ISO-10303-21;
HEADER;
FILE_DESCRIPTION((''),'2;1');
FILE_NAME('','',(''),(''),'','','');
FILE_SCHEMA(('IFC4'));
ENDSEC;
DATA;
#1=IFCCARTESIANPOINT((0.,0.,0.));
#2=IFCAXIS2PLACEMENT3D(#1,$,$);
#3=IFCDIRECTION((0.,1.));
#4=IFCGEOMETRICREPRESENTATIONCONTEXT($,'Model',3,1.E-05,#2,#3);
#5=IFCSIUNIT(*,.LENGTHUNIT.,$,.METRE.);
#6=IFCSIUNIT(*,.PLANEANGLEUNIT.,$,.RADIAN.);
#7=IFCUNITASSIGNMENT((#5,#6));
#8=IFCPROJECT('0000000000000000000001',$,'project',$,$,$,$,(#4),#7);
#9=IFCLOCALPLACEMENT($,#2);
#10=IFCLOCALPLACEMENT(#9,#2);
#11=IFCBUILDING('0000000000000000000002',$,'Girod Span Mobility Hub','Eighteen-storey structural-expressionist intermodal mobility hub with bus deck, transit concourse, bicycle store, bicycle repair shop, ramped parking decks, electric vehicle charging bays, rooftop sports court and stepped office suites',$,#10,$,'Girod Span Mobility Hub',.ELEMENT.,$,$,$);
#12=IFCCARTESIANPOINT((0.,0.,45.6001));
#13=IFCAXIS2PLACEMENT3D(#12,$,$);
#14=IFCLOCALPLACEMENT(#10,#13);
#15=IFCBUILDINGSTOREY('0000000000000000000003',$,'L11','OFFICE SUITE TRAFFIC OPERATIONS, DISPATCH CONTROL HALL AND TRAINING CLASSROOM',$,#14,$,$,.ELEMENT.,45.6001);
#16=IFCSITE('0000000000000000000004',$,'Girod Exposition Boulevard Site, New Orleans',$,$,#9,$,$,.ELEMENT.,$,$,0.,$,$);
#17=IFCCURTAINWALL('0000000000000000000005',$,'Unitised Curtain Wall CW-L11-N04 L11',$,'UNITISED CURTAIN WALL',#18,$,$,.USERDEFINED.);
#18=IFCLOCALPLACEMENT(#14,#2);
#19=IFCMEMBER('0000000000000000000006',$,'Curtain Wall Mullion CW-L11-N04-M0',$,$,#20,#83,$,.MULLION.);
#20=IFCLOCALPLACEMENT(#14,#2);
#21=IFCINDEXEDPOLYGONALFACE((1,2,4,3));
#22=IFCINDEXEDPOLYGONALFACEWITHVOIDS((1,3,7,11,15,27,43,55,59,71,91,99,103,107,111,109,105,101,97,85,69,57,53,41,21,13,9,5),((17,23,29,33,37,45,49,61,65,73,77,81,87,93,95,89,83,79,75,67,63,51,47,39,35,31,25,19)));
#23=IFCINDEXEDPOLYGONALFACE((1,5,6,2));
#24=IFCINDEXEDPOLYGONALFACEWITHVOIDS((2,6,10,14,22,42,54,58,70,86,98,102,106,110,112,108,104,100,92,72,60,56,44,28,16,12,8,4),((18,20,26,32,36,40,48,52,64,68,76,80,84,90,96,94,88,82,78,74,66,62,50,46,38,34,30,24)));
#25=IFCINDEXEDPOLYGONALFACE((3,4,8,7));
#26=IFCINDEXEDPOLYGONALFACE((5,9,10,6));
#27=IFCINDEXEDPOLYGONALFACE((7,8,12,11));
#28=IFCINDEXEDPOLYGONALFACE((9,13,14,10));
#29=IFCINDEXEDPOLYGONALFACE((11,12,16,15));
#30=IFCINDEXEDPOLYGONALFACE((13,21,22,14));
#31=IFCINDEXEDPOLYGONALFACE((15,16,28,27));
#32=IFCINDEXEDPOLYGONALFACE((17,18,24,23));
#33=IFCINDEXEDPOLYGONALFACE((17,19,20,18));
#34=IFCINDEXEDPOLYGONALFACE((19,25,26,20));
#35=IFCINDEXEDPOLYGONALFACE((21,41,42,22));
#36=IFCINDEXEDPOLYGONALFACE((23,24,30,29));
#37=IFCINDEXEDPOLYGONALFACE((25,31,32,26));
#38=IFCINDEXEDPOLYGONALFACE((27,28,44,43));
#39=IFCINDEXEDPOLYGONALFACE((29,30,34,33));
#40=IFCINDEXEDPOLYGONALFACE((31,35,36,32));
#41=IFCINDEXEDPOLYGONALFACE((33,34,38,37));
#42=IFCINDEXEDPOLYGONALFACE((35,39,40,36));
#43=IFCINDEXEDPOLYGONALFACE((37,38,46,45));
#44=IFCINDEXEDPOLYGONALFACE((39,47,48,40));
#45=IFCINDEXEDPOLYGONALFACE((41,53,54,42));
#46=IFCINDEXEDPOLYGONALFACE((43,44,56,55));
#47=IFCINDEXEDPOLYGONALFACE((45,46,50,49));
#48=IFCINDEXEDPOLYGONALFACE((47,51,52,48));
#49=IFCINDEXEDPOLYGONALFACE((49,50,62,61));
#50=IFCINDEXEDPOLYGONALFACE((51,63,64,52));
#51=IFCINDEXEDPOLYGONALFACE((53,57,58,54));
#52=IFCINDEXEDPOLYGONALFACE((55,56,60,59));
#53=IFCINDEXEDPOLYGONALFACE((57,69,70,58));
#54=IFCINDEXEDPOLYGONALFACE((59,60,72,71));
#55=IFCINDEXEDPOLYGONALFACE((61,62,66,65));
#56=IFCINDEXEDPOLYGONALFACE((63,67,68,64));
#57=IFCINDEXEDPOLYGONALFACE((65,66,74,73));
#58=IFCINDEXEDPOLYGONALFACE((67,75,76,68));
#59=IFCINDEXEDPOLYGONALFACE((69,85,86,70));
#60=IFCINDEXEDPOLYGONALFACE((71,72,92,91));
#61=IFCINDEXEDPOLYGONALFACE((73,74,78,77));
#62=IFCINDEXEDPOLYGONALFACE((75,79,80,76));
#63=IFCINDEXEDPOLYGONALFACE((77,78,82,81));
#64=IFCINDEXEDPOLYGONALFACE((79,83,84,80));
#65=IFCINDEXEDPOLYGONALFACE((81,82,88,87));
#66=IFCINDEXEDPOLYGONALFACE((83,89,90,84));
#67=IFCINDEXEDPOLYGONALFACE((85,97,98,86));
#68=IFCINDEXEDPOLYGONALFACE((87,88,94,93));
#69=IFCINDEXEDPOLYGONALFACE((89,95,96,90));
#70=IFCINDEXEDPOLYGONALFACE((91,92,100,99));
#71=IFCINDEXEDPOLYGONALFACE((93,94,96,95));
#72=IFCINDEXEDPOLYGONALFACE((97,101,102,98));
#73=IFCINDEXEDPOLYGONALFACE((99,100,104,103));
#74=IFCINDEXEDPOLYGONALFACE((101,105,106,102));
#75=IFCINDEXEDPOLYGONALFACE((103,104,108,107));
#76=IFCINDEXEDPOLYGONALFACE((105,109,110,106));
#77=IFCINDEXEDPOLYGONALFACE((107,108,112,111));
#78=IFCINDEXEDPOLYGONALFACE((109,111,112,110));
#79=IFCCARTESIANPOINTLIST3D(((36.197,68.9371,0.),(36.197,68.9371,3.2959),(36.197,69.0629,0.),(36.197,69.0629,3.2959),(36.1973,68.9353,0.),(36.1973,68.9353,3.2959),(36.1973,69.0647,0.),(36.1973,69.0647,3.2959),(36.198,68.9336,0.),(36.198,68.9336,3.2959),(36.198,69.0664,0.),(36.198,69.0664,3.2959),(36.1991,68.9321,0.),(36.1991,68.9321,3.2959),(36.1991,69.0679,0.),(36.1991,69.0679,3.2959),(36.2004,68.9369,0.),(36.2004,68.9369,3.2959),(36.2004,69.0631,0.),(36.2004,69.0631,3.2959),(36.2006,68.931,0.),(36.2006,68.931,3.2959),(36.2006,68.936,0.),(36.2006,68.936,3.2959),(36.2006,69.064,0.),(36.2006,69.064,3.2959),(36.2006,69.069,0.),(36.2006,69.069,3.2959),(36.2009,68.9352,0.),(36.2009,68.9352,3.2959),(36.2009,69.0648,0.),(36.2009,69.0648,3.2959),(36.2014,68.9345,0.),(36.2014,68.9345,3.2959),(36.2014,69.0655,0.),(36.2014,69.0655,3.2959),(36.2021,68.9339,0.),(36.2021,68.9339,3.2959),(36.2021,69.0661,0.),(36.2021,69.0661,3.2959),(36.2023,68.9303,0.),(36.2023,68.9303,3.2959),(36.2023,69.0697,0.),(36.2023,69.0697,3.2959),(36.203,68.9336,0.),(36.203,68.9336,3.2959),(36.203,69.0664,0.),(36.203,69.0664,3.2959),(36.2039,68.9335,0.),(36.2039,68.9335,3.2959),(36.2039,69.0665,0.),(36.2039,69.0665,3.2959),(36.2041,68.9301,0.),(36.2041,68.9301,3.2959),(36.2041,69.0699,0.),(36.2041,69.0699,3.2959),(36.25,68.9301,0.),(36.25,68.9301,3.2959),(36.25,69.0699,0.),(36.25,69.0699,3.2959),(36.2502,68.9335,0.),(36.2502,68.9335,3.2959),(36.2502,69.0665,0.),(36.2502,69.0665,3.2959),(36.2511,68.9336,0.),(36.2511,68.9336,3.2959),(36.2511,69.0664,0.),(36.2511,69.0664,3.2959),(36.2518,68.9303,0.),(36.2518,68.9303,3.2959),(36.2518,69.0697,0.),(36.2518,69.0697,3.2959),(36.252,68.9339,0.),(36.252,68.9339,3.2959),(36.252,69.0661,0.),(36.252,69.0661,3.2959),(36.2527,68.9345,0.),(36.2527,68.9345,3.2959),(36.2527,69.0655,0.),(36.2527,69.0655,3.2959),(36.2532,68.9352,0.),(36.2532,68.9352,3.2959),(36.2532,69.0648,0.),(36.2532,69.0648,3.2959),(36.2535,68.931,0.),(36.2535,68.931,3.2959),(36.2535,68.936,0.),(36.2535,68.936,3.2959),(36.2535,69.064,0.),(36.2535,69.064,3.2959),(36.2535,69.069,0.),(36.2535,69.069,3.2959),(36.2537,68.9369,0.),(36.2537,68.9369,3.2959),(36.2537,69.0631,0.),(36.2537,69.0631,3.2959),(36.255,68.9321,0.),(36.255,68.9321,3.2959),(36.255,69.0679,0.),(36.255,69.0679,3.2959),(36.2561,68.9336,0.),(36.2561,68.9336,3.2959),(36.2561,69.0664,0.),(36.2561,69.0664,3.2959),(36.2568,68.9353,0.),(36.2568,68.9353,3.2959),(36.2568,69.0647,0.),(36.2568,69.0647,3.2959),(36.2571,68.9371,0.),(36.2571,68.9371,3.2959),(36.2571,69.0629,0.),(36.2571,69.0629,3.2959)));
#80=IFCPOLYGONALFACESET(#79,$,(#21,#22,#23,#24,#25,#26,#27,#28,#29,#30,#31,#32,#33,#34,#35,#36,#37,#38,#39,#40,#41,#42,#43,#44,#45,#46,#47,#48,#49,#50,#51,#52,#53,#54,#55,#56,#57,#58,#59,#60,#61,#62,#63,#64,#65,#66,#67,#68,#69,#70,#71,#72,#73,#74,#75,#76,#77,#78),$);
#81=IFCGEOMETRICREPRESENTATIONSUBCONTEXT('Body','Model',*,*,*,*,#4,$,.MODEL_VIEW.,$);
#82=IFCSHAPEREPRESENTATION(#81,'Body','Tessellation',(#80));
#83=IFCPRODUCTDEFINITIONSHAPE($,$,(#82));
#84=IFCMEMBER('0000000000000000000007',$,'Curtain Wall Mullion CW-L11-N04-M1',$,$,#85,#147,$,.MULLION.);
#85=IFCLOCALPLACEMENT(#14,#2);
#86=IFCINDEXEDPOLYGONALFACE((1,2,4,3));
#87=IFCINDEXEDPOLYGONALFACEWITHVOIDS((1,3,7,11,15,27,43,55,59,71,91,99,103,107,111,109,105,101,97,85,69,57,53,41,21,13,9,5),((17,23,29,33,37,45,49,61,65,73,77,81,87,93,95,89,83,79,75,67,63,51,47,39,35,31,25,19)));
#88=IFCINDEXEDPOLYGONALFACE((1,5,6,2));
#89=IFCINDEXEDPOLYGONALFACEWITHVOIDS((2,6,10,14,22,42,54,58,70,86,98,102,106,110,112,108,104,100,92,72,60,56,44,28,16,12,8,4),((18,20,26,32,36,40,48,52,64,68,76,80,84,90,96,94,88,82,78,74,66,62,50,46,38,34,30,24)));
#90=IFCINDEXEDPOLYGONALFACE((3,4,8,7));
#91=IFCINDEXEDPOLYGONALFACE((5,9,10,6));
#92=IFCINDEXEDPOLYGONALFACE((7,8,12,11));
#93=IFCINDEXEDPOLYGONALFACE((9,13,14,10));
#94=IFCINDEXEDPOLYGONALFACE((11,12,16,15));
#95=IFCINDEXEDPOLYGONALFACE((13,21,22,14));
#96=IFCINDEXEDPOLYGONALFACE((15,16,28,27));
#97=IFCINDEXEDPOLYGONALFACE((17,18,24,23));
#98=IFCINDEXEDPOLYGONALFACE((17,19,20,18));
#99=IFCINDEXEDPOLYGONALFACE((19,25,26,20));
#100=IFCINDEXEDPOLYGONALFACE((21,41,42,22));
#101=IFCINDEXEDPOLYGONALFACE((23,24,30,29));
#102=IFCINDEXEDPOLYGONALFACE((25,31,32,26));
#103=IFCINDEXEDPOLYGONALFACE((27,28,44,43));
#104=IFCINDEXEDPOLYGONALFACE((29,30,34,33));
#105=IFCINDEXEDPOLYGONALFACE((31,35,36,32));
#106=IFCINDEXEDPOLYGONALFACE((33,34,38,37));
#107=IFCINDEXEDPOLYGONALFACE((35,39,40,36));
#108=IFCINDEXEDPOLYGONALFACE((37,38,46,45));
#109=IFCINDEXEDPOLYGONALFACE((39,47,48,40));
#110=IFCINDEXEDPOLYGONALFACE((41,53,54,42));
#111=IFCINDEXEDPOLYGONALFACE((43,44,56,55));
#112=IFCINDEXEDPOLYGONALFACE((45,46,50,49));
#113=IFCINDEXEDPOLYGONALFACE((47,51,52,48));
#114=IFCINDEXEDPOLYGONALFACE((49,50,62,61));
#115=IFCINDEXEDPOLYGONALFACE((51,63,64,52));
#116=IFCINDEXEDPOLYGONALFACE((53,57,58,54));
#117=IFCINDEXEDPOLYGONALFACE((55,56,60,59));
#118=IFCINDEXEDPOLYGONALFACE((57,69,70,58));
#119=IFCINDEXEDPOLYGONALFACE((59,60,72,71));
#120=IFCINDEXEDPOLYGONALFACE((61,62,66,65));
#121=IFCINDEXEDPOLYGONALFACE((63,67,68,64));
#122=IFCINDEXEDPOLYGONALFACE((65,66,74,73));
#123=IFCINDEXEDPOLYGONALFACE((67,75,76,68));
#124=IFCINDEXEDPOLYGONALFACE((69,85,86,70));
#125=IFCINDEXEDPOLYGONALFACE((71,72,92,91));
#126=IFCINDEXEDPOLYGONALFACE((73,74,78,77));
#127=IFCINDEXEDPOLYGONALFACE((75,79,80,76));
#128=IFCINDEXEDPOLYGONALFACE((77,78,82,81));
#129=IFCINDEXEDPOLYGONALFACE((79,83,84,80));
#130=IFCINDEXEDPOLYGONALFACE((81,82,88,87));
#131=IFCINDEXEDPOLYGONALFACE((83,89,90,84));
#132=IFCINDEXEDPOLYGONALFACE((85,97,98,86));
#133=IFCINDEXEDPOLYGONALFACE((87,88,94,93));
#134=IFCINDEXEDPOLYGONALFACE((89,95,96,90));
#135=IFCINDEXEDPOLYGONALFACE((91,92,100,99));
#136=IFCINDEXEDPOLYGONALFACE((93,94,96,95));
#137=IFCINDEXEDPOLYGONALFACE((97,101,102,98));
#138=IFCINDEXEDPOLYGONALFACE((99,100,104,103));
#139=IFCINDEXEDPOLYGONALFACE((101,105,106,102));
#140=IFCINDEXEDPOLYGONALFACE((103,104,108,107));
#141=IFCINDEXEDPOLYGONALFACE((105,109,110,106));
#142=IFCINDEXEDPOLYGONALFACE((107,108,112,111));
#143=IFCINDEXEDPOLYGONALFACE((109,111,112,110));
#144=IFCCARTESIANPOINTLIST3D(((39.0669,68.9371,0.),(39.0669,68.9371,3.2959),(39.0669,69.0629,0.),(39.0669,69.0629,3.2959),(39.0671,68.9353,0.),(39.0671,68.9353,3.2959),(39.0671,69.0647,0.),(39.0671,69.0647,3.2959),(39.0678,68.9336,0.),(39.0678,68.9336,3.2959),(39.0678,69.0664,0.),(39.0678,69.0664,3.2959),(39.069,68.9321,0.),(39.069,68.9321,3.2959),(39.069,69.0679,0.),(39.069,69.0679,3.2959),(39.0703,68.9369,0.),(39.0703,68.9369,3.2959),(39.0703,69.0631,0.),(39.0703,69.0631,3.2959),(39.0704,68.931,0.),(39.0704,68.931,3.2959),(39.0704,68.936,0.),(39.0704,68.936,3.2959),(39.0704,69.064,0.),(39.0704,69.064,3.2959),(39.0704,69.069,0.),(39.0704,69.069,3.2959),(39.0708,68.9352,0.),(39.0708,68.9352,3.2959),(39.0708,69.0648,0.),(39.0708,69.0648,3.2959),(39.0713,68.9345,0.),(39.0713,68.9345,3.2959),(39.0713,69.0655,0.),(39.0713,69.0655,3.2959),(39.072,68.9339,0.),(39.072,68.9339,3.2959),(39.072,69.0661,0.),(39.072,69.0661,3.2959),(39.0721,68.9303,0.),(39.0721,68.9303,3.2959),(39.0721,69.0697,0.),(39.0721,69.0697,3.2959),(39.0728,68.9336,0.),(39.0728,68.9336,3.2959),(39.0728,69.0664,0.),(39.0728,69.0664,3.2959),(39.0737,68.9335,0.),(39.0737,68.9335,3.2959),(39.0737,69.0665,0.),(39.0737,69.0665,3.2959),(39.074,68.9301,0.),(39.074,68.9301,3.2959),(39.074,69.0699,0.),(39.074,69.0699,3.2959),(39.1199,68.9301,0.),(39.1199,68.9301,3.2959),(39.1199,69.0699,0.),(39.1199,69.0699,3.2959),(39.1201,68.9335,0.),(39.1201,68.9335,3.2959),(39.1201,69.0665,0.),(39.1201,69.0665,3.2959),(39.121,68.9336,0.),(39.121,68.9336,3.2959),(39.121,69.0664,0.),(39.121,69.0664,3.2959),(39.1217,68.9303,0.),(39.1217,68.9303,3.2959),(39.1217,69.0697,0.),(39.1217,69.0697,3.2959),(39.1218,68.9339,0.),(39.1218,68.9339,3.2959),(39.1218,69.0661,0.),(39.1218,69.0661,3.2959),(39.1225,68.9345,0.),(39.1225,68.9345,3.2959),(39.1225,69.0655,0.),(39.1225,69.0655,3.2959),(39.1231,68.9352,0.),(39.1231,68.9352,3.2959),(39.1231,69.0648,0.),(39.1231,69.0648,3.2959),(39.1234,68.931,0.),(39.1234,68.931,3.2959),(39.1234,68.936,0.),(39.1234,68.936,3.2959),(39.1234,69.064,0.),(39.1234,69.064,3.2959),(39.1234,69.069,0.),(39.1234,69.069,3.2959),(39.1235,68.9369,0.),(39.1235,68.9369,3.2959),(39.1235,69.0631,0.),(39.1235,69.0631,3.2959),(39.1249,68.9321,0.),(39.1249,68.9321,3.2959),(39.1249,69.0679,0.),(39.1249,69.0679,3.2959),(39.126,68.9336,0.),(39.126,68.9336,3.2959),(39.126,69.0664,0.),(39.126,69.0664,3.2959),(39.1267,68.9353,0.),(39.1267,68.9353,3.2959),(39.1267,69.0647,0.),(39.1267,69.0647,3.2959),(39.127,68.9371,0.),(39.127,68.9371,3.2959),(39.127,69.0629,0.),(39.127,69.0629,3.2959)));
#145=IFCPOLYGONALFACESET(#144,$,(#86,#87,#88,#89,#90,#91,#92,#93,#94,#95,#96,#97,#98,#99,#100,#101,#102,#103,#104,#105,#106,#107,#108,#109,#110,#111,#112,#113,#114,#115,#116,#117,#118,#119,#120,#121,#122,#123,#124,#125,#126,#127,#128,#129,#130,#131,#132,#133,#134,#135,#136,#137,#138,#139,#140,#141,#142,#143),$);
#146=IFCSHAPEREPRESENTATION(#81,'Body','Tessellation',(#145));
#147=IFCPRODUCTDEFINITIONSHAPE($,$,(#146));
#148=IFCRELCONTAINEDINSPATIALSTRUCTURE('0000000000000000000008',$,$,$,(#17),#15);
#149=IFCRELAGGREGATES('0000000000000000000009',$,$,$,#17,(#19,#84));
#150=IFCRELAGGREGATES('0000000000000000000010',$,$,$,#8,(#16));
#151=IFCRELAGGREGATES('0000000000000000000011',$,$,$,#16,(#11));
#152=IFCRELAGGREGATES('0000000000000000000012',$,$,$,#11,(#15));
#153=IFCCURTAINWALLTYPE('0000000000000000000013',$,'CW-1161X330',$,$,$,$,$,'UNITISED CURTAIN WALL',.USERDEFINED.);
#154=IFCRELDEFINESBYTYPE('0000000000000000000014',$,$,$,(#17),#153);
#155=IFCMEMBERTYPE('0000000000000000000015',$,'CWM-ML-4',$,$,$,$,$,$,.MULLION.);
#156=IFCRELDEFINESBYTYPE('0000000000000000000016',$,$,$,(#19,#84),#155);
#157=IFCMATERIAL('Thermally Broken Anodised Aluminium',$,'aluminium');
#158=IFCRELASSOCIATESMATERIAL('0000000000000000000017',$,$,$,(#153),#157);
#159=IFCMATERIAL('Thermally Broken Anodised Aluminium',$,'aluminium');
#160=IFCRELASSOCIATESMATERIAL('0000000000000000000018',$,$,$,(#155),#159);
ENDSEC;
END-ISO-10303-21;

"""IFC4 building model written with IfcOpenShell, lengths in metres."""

from ifc_helpers import new_model, si_unit, direction, frame, origin, origin_2d, place, context, subcontext, project, spatial, hollow_rectangle, extrude, material, material_profile, profile_set, type_object, element, aggregate, save


model = new_model("IFC4")

# Units and contexts
model_context = context("Model", 3, precision=1e-05, world=origin(), true_north=direction((0.0, 1.0)))
body_context = subcontext(model_context, "Body", "Model", "MODEL_VIEW")
ifc_project = project(units=[si_unit("LENGTHUNIT", "METRE"), si_unit("PLANEANGLEUNIT", "RADIAN")], contexts=[model_context])

# Site, building, storey
site_placement = place(None, origin())
site = spatial("IfcSite", under=ifc_project, at=site_placement, Name="Girod Exposition Boulevard Site, New Orleans", CompositionType="ELEMENT", RefElevation=0.0)
building_placement = place(site_placement, origin())
building = spatial("IfcBuilding", under=site, at=building_placement, Name="Girod Span Mobility Hub", Description="Eighteen-storey structural-expressionist intermodal mobility hub with bus deck, transit concourse, bicycle store, bicycle repair shop, ramped parking decks, electric vehicle charging bays, rooftop sports court and stepped office suites", LongName="Girod Span Mobility Hub", CompositionType="ELEMENT")
storey_placement = place(building_placement, frame((0.0, 0.0, 45.6001)))
storey = spatial("IfcBuildingStorey", under=building, at=storey_placement, Name="L11", Description="OFFICE SUITE TRAFFIC OPERATIONS, DISPATCH CONTROL HALL AND TRAINING CLASSROOM", CompositionType="ELEMENT", Elevation=45.6001)

# Curtain wall, members
ifc_material_1 = material(Name="Thermally Broken Anodised Aluminium", Category="aluminium")
curtain_wall_type = type_object("IfcCurtainWallType", Name="CW-1161X330", ElementType="UNITISED CURTAIN WALL", PredefinedType="USERDEFINED", material=ifc_material_1)
curtain_wall_placement = place(storey_placement, origin())
curtain_wall = element("IfcCurtainWall", 1, at=curtain_wall_placement, inside=storey, type_object=curtain_wall_type, Name="Unitised Curtain Wall CW-L11-N04 L11", ObjectType="UNITISED CURTAIN WALL", PredefinedType="USERDEFINED")
ifc_material_2 = material(Name="Thermally Broken Anodised Aluminium", Category="aluminium")
ifc_material_profile_1 = material_profile(ifc_material_2, hollow_rectangle(XDim=0.1399, YDim=0.0601, WallThickness=0.0034, InnerFilletRadius=0.0034, OuterFilletRadius=0.0071, at=origin_2d()), Name="CW-ML-60X140")
ifc_profile_set_1 = profile_set([ifc_material_profile_1], Name="Thermally Broken Anodised Aluminium")
member_type_1 = type_object("IfcMemberType", Name="CWM-ML-4", PredefinedType="MULLION", material=ifc_profile_set_1)
member_1_placement = place(storey_placement, frame((36.2271, 69.0, 0.0), z_axis=(0.0, 0.0, 1.0), x_axis=(0.0, 1.0, 0.0)))
member_1 = element("IfcMember", 2, at=member_1_placement, type_object=member_type_1, Name="Curtain Wall Mullion CW-L11-N04-M0", PredefinedType="MULLION", context=body_context, shape_type="SweptSolid", body=[
    extrude(hollow_rectangle(XDim=0.1399, YDim=0.0601, WallThickness=0.0034, InnerFilletRadius=0.0034, OuterFilletRadius=0.0071, at=origin_2d()), origin(), (0.0, 0.0, 1.0), 3.2959),
])
member_2_placement = place(storey_placement, frame((39.0969, 69.0, 0.0), z_axis=(0.0, 0.0, 1.0), x_axis=(0.0, 1.0, 0.0)))
member_2 = element("IfcMember", 3, at=member_2_placement, type_object=member_type_1, Name="Curtain Wall Mullion CW-L11-N04-M1", PredefinedType="MULLION", context=body_context, shape_type="SweptSolid", body=[
    extrude(hollow_rectangle(XDim=0.1399, YDim=0.0601, WallThickness=0.0034, InnerFilletRadius=0.0034, OuterFilletRadius=0.0071, at=origin_2d()), origin(), (0.0, 0.0, 1.0), 3.2959),
])

aggregate(curtain_wall, [member_1, member_2])

save(model, "model.ifc")
